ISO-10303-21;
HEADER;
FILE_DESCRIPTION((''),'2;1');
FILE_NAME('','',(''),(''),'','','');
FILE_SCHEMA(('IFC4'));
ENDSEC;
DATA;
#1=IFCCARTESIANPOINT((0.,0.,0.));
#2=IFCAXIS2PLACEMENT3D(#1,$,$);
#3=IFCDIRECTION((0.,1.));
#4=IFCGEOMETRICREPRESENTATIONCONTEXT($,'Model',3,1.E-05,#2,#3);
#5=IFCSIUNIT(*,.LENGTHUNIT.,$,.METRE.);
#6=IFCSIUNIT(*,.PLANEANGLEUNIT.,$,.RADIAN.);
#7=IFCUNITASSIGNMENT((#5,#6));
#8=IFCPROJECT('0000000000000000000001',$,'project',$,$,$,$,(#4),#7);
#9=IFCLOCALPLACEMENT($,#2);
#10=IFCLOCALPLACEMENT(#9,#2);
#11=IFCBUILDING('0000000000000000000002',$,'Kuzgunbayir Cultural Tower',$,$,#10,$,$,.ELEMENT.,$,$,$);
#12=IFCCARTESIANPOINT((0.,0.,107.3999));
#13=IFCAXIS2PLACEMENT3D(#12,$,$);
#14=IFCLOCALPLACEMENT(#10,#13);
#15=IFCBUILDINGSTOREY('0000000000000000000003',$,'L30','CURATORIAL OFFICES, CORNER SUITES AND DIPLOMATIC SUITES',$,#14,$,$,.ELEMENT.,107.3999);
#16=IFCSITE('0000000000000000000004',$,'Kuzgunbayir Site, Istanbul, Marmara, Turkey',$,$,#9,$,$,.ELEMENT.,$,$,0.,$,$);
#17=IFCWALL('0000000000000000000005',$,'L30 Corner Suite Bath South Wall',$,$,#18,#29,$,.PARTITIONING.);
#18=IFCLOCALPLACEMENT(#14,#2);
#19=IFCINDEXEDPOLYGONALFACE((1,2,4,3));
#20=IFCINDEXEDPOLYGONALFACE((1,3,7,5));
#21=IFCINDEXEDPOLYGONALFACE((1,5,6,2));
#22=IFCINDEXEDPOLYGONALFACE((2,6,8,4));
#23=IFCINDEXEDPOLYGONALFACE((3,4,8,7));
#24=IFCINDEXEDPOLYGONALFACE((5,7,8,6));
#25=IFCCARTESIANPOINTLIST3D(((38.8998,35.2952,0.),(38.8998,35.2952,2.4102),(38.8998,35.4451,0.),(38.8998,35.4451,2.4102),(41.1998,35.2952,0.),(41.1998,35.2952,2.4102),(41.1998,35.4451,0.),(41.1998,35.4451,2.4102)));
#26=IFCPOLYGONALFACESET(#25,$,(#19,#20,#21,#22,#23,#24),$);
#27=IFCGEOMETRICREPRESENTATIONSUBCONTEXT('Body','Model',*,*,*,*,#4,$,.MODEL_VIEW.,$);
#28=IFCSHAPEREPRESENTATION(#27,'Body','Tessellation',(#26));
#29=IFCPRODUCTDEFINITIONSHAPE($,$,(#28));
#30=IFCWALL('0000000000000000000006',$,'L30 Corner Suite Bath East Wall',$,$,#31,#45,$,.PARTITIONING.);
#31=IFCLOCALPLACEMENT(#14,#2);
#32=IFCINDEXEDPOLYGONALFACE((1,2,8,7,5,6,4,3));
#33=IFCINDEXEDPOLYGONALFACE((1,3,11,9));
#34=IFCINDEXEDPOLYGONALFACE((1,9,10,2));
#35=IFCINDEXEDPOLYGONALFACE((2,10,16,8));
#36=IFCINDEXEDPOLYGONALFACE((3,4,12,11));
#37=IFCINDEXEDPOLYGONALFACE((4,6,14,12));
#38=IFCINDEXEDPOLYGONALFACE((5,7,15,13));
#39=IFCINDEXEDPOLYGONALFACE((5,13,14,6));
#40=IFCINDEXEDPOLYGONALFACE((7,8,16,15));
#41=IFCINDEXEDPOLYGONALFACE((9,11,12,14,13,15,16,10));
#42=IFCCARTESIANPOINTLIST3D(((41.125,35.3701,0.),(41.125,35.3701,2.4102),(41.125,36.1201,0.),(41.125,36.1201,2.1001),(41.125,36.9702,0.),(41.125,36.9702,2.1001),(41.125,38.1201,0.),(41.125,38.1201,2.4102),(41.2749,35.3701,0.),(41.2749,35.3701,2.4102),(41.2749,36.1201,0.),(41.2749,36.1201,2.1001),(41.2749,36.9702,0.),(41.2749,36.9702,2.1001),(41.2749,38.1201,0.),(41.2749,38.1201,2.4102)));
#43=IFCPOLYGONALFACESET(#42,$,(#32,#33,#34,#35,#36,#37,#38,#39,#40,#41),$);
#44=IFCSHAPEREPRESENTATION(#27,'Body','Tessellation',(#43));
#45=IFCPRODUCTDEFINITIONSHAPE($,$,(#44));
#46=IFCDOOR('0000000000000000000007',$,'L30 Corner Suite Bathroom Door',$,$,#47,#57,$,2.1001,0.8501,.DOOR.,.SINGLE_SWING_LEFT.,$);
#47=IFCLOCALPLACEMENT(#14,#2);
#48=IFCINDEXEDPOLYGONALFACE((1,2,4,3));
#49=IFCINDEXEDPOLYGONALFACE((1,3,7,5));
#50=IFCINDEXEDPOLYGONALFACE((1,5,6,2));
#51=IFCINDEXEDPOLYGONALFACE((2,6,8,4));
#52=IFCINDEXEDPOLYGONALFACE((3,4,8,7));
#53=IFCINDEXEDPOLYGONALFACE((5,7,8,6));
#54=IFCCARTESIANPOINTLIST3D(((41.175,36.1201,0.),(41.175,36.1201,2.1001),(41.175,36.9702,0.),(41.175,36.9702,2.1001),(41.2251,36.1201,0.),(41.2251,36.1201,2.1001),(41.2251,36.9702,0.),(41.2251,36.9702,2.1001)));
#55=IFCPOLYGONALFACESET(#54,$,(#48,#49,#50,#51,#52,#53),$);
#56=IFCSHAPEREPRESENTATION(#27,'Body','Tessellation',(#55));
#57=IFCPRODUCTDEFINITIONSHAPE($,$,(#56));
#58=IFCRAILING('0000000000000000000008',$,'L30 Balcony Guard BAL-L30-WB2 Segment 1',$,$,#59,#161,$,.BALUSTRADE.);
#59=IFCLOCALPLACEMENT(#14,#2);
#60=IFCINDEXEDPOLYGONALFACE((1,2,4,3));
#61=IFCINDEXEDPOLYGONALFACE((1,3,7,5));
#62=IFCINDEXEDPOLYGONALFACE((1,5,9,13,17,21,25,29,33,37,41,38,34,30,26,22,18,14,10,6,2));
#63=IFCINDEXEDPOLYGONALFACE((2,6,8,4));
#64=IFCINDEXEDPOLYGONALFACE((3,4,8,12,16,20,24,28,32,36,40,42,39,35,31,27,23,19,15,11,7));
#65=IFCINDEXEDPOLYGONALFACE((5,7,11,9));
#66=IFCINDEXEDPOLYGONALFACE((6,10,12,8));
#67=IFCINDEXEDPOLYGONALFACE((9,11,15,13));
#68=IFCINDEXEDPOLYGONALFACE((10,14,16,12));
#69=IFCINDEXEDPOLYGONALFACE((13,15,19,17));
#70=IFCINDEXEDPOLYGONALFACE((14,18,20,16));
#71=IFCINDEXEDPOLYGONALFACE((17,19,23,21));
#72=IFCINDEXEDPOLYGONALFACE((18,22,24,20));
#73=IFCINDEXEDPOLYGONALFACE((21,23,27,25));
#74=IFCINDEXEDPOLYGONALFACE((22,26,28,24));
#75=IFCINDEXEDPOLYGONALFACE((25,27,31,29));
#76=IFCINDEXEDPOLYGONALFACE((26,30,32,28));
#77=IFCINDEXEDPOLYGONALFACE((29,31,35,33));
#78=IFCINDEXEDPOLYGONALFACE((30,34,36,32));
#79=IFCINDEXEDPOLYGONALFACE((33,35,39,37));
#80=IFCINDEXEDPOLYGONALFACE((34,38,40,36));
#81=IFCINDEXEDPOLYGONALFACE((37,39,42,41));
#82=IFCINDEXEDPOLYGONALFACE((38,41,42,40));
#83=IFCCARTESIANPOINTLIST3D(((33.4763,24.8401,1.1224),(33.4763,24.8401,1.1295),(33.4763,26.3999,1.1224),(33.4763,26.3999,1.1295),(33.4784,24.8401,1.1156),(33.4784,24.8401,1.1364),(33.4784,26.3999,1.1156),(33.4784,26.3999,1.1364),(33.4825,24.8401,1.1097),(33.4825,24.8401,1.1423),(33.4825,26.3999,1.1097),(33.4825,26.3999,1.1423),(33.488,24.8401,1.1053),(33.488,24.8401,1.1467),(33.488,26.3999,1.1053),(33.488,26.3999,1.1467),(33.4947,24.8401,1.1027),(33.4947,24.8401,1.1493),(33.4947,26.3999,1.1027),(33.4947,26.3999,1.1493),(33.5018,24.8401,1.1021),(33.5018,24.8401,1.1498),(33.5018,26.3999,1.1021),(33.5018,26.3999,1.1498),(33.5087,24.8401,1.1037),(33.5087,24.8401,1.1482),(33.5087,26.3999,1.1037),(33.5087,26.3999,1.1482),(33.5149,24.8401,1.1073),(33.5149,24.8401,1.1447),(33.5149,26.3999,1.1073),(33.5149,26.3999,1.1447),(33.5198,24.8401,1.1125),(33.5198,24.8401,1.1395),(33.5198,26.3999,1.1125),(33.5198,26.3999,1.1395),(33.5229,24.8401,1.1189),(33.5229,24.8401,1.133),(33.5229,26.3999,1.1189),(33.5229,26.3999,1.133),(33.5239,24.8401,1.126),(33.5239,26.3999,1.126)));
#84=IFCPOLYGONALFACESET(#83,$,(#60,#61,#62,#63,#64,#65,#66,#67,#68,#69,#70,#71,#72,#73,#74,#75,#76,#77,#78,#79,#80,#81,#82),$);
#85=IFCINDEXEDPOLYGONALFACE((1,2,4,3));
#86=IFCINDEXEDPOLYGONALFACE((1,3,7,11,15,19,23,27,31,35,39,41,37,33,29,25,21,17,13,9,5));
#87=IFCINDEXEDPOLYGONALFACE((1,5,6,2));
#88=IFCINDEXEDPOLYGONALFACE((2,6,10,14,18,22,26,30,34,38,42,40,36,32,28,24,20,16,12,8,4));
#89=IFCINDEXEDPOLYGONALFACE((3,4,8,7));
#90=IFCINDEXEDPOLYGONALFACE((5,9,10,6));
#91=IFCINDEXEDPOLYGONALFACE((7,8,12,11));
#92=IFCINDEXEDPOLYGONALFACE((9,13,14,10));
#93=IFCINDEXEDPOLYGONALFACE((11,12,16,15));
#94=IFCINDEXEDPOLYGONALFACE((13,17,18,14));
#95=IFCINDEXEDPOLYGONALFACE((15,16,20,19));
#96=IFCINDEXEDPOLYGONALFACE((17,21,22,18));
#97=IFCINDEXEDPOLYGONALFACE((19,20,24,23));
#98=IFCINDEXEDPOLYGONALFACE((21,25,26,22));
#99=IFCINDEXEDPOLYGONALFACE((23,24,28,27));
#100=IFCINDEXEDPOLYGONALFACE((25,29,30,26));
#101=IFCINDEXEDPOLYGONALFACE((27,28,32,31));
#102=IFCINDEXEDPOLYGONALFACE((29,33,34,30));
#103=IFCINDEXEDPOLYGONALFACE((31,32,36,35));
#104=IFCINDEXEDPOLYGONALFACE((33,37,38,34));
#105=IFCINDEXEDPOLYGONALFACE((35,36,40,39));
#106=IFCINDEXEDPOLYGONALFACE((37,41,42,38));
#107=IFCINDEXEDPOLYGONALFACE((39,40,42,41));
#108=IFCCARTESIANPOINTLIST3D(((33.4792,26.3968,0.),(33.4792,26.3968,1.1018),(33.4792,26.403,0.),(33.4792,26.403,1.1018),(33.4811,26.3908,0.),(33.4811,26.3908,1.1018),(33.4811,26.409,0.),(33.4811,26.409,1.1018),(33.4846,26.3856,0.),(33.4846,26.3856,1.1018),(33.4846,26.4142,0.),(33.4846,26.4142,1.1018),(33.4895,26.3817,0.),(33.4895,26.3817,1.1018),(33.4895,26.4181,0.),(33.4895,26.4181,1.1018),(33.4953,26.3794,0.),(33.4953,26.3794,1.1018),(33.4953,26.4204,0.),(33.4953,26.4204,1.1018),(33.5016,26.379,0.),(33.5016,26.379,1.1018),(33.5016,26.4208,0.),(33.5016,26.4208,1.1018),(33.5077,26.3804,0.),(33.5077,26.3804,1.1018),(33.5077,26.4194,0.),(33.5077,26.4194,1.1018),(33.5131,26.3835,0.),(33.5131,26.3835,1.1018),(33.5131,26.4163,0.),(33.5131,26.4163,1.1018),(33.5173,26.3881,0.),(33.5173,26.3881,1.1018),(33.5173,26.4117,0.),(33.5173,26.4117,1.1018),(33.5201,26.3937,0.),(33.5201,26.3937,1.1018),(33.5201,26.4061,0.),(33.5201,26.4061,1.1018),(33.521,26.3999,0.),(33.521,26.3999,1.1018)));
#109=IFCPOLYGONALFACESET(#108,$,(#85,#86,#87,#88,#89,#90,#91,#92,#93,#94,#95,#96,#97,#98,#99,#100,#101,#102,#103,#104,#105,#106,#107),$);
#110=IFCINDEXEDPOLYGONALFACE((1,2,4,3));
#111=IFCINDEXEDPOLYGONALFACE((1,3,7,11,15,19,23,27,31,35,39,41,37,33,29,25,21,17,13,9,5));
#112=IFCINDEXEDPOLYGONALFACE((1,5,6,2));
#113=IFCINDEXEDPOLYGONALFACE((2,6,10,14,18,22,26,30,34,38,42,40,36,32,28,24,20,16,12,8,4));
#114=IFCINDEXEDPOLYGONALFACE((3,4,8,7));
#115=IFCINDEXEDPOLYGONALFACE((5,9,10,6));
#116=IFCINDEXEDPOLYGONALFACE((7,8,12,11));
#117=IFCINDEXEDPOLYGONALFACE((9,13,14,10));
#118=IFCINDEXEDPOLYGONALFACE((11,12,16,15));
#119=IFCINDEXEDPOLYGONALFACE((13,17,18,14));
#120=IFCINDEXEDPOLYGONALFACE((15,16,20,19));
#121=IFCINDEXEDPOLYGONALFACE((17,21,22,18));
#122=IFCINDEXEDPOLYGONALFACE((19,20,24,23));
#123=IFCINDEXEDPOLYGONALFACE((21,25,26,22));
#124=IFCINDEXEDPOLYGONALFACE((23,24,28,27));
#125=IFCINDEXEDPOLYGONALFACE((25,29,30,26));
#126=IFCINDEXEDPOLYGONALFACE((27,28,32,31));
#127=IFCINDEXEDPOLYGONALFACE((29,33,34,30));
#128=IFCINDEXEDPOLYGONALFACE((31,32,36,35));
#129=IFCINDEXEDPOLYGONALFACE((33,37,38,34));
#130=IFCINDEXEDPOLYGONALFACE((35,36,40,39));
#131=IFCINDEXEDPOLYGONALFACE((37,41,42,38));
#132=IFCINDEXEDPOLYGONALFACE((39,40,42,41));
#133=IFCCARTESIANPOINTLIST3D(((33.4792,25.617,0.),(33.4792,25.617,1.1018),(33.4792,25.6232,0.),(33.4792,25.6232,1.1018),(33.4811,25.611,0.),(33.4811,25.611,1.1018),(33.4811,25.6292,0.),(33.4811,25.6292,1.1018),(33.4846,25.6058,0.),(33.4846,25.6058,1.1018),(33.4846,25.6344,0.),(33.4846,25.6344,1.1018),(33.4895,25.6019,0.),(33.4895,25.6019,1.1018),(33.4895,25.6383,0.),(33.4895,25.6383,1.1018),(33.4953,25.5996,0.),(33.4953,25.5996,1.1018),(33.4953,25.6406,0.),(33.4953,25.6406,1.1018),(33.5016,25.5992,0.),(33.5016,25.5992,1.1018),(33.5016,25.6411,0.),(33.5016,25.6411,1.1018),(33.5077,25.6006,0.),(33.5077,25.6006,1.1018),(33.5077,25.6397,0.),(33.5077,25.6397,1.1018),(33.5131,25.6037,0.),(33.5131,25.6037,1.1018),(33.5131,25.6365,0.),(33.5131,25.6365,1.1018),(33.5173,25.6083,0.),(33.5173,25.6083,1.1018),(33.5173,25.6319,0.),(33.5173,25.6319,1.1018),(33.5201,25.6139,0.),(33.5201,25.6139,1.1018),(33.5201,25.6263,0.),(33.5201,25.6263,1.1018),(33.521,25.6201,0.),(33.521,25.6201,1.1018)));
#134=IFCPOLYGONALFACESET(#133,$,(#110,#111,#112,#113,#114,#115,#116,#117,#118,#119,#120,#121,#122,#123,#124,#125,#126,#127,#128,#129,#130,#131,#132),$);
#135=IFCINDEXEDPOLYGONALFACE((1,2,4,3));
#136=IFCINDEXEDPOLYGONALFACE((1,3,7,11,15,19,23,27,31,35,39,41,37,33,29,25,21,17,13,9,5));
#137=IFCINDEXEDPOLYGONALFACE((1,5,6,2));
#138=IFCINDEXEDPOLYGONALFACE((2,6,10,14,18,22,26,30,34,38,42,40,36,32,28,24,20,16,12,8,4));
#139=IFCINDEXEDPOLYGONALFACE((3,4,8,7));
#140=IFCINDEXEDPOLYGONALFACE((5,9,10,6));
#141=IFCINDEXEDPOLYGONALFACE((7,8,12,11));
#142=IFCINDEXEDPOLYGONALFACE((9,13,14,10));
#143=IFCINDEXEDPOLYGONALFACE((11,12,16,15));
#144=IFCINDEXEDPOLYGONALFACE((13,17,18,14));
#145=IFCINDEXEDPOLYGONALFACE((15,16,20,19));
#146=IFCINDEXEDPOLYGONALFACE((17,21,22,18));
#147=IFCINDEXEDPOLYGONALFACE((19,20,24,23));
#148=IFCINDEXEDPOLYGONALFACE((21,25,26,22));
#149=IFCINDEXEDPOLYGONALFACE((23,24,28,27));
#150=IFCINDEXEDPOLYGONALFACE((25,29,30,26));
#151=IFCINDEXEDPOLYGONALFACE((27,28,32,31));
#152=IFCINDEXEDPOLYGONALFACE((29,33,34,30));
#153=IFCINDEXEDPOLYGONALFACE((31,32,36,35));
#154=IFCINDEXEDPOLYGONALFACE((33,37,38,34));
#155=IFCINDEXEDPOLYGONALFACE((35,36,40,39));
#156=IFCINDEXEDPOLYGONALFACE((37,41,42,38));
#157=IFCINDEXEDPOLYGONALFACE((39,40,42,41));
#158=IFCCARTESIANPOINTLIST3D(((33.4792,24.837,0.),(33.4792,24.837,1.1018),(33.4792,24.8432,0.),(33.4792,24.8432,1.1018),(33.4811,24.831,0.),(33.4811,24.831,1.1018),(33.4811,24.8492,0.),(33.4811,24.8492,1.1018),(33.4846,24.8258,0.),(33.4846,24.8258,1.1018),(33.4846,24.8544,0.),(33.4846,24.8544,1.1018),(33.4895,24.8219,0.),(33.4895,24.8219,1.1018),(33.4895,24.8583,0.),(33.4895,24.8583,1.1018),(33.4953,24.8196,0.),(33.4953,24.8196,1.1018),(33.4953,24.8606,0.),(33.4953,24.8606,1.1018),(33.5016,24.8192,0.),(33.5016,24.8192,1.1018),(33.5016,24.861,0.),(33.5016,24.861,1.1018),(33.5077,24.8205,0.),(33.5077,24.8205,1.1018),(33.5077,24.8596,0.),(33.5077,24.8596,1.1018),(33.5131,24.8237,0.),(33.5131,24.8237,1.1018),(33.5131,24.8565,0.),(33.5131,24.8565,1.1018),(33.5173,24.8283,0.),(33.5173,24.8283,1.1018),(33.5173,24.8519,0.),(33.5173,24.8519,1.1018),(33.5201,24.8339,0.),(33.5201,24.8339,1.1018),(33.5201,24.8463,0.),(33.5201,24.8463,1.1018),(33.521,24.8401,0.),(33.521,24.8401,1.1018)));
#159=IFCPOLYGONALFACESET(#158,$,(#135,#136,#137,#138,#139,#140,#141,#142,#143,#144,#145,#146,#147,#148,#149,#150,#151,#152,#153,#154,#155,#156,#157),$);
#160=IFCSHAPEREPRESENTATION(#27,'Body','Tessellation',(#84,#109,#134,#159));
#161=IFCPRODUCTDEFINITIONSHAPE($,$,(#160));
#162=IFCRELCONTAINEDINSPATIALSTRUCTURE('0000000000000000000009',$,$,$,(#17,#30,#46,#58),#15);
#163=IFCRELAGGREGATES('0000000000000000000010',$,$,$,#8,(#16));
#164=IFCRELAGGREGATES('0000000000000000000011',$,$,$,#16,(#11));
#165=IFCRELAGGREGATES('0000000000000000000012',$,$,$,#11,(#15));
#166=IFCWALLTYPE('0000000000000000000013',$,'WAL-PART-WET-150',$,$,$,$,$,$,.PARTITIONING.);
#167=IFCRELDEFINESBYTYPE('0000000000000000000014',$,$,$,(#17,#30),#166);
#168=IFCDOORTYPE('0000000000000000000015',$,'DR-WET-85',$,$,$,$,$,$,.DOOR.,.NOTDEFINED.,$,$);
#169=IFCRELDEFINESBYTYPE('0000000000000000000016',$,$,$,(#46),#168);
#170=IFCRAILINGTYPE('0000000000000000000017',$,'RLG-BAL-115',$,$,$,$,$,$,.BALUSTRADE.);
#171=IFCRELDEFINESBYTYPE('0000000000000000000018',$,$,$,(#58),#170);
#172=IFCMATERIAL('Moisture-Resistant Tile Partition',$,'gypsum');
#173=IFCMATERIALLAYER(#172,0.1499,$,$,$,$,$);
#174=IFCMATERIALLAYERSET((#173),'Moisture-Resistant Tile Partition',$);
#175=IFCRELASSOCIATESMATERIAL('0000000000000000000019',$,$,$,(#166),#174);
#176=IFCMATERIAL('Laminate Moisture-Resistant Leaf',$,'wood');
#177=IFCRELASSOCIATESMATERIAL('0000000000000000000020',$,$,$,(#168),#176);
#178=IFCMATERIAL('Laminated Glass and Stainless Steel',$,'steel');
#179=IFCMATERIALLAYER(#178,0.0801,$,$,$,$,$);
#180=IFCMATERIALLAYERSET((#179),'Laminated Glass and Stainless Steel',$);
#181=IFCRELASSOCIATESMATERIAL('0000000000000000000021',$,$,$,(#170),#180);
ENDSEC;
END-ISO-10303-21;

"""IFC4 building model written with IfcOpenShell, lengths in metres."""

from ifc_helpers import new_model, si_unit, direction, frame, frame_2d, origin, origin_2d, place, context, subcontext, project, spatial, rectangle, circle, extrude, material, layer, layer_set, type_object, element, fill, save


model = new_model("IFC4")

# Units and contexts
model_context = context("Model", 3, precision=1e-05, world=origin(), true_north=direction((0.0, 1.0)))
body_context = subcontext(model_context, "Body", "Model", "MODEL_VIEW")
ifc_project = project(units=[si_unit("LENGTHUNIT", "METRE"), si_unit("PLANEANGLEUNIT", "RADIAN")], contexts=[model_context])

# Site, building, storey
site_placement = place(None, origin())
site = spatial("IfcSite", under=ifc_project, at=site_placement, Name="Kuzgunbayir Site, Istanbul, Marmara, Turkey", CompositionType="ELEMENT", RefElevation=0.0)
building_placement = place(site_placement, origin())
building = spatial("IfcBuilding", under=site, at=building_placement, Name="Kuzgunbayir Cultural Tower", CompositionType="ELEMENT")
storey_placement = place(building_placement, frame((0.0, 0.0, 107.3999)))
storey = spatial("IfcBuildingStorey", under=building, at=storey_placement, Name="L30", Description="CURATORIAL OFFICES, CORNER SUITES AND DIPLOMATIC SUITES", CompositionType="ELEMENT", Elevation=107.3999)

# Shared definitions
ifc_material_1 = material(Name="Moisture-Resistant Tile Partition", Category="gypsum")
ifc_layer_1 = layer(ifc_material_1, 0.1499)
ifc_layer_set_1 = layer_set([ifc_layer_1], Name="Moisture-Resistant Tile Partition")
wall_type_1 = type_object("IfcWallType", Name="WAL-PART-WET-150", PredefinedType="PARTITIONING", material=ifc_layer_set_1)

# Wall
wall_1_placement = place(storey_placement, frame((38.8999, 35.3701, 0.0), z_axis=(0.0, 0.0, 1.0), x_axis=(1.0, 0.0, 0.0)))
element("IfcWall", 1, at=wall_1_placement, inside=storey, type_object=wall_type_1, Name="L30 Corner Suite Bath South Wall", PredefinedType="PARTITIONING", context=body_context, shape_type="SweptSolid", body=[
    extrude(rectangle(XDim=2.3, YDim=0.1499, at=frame_2d((1.1499, 0.0))), origin(), (0.0, 0.0, 1.0), 2.4102),
])

# Wall, opening, door
wall_2_placement = place(storey_placement, frame((41.2, 35.3701, 0.0), z_axis=(0.0, 0.0, 1.0), x_axis=(0.0, 1.0, 0.0)))
wall_2 = element("IfcWall", 2, at=wall_2_placement, inside=storey, type_object=wall_type_1, Name="L30 Corner Suite Bath East Wall", PredefinedType="PARTITIONING", context=body_context, shape_type="SweptSolid", body=[
    extrude(rectangle(XDim=2.75, YDim=0.1499, at=frame_2d((1.375, 0.0))), origin(), (0.0, 0.0, 1.0), 2.4102),
])
opening_1_placement = place(wall_2_placement, frame((0.75, 0.0, 0.0)))
opening_1 = element("IfcOpeningElement", 3, at=opening_1_placement, cuts=wall_2, PredefinedType="OPENING", context=body_context, shape_type="SweptSolid", body=[
    extrude(rectangle(XDim=0.8501, YDim=2.1001, at=frame_2d((0.425, 1.05))), frame((0.0, 0.085, 0.0), z_axis=(0.0, -1.0, 0.0), x_axis=(1.0, 0.0, 0.0)), (0.0, 0.0, 1.0), 0.1699),
])
ifc_material_2 = material(Name="Laminate Moisture-Resistant Leaf", Category="wood")
door_type_1 = type_object("IfcDoorType", Name="DR-WET-85", OperationType="NOTDEFINED", PredefinedType="DOOR", material=ifc_material_2)
door_1_placement = place(opening_1_placement, origin())
door_1 = element("IfcDoor", 4, at=door_1_placement, inside=storey, type_object=door_type_1, Name="L30 Corner Suite Bathroom Door", OperationType="SINGLE_SWING_LEFT", OverallHeight=2.1001, OverallWidth=0.8501, PredefinedType="DOOR", context=body_context, shape_type="SweptSolid", body=[
    extrude(rectangle(XDim=0.8501, YDim=2.1001, at=frame_2d((0.425, 1.05))), frame((0.0, 0.0249, 0.0), z_axis=(0.0, -1.0, 0.0), x_axis=(1.0, 0.0, 0.0)), (0.0, 0.0, 1.0), 0.05),
])
fill(opening_1, door_1)

# Railing
ifc_material_3 = material(Name="Laminated Glass and Stainless Steel", Category="steel")
ifc_layer_2 = layer(ifc_material_3, 0.0801)
ifc_layer_set_2 = layer_set([ifc_layer_2], Name="Laminated Glass and Stainless Steel")
railing_type = type_object("IfcRailingType", Name="RLG-BAL-115", PredefinedType="BALUSTRADE", material=ifc_layer_set_2)
railing_1_placement = place(storey_placement, frame((33.5, 26.3999, 0.0)))
element("IfcRailing", 5, at=railing_1_placement, inside=storey, type_object=railing_type, Name="L30 Balcony Guard BAL-L30-WB2 Segment 1", PredefinedType="BALUSTRADE", context=body_context, shape_type="SweptSolid", body=[
    extrude(circle(Radius=0.0239, at=origin_2d()), frame((0.0, 0.0, 1.126), z_axis=(0.0, -1.0, 0.0), x_axis=(1.0, 0.0, 0.0)), (0.0, 0.0, 1.0), 1.5598),
    extrude(circle(Radius=0.021, at=origin_2d()), origin(), (0.0, 0.0, 1.0), 1.1018),
    extrude(circle(Radius=0.021, at=origin_2d()), frame((0.0, -0.7798, 0.0)), (0.0, 0.0, 1.0), 1.1018),
    extrude(circle(Radius=0.021, at=origin_2d()), frame((0.0, -1.5598, 0.0)), (0.0, 0.0, 1.0), 1.1018),
])

save(model, "model.ifc")
